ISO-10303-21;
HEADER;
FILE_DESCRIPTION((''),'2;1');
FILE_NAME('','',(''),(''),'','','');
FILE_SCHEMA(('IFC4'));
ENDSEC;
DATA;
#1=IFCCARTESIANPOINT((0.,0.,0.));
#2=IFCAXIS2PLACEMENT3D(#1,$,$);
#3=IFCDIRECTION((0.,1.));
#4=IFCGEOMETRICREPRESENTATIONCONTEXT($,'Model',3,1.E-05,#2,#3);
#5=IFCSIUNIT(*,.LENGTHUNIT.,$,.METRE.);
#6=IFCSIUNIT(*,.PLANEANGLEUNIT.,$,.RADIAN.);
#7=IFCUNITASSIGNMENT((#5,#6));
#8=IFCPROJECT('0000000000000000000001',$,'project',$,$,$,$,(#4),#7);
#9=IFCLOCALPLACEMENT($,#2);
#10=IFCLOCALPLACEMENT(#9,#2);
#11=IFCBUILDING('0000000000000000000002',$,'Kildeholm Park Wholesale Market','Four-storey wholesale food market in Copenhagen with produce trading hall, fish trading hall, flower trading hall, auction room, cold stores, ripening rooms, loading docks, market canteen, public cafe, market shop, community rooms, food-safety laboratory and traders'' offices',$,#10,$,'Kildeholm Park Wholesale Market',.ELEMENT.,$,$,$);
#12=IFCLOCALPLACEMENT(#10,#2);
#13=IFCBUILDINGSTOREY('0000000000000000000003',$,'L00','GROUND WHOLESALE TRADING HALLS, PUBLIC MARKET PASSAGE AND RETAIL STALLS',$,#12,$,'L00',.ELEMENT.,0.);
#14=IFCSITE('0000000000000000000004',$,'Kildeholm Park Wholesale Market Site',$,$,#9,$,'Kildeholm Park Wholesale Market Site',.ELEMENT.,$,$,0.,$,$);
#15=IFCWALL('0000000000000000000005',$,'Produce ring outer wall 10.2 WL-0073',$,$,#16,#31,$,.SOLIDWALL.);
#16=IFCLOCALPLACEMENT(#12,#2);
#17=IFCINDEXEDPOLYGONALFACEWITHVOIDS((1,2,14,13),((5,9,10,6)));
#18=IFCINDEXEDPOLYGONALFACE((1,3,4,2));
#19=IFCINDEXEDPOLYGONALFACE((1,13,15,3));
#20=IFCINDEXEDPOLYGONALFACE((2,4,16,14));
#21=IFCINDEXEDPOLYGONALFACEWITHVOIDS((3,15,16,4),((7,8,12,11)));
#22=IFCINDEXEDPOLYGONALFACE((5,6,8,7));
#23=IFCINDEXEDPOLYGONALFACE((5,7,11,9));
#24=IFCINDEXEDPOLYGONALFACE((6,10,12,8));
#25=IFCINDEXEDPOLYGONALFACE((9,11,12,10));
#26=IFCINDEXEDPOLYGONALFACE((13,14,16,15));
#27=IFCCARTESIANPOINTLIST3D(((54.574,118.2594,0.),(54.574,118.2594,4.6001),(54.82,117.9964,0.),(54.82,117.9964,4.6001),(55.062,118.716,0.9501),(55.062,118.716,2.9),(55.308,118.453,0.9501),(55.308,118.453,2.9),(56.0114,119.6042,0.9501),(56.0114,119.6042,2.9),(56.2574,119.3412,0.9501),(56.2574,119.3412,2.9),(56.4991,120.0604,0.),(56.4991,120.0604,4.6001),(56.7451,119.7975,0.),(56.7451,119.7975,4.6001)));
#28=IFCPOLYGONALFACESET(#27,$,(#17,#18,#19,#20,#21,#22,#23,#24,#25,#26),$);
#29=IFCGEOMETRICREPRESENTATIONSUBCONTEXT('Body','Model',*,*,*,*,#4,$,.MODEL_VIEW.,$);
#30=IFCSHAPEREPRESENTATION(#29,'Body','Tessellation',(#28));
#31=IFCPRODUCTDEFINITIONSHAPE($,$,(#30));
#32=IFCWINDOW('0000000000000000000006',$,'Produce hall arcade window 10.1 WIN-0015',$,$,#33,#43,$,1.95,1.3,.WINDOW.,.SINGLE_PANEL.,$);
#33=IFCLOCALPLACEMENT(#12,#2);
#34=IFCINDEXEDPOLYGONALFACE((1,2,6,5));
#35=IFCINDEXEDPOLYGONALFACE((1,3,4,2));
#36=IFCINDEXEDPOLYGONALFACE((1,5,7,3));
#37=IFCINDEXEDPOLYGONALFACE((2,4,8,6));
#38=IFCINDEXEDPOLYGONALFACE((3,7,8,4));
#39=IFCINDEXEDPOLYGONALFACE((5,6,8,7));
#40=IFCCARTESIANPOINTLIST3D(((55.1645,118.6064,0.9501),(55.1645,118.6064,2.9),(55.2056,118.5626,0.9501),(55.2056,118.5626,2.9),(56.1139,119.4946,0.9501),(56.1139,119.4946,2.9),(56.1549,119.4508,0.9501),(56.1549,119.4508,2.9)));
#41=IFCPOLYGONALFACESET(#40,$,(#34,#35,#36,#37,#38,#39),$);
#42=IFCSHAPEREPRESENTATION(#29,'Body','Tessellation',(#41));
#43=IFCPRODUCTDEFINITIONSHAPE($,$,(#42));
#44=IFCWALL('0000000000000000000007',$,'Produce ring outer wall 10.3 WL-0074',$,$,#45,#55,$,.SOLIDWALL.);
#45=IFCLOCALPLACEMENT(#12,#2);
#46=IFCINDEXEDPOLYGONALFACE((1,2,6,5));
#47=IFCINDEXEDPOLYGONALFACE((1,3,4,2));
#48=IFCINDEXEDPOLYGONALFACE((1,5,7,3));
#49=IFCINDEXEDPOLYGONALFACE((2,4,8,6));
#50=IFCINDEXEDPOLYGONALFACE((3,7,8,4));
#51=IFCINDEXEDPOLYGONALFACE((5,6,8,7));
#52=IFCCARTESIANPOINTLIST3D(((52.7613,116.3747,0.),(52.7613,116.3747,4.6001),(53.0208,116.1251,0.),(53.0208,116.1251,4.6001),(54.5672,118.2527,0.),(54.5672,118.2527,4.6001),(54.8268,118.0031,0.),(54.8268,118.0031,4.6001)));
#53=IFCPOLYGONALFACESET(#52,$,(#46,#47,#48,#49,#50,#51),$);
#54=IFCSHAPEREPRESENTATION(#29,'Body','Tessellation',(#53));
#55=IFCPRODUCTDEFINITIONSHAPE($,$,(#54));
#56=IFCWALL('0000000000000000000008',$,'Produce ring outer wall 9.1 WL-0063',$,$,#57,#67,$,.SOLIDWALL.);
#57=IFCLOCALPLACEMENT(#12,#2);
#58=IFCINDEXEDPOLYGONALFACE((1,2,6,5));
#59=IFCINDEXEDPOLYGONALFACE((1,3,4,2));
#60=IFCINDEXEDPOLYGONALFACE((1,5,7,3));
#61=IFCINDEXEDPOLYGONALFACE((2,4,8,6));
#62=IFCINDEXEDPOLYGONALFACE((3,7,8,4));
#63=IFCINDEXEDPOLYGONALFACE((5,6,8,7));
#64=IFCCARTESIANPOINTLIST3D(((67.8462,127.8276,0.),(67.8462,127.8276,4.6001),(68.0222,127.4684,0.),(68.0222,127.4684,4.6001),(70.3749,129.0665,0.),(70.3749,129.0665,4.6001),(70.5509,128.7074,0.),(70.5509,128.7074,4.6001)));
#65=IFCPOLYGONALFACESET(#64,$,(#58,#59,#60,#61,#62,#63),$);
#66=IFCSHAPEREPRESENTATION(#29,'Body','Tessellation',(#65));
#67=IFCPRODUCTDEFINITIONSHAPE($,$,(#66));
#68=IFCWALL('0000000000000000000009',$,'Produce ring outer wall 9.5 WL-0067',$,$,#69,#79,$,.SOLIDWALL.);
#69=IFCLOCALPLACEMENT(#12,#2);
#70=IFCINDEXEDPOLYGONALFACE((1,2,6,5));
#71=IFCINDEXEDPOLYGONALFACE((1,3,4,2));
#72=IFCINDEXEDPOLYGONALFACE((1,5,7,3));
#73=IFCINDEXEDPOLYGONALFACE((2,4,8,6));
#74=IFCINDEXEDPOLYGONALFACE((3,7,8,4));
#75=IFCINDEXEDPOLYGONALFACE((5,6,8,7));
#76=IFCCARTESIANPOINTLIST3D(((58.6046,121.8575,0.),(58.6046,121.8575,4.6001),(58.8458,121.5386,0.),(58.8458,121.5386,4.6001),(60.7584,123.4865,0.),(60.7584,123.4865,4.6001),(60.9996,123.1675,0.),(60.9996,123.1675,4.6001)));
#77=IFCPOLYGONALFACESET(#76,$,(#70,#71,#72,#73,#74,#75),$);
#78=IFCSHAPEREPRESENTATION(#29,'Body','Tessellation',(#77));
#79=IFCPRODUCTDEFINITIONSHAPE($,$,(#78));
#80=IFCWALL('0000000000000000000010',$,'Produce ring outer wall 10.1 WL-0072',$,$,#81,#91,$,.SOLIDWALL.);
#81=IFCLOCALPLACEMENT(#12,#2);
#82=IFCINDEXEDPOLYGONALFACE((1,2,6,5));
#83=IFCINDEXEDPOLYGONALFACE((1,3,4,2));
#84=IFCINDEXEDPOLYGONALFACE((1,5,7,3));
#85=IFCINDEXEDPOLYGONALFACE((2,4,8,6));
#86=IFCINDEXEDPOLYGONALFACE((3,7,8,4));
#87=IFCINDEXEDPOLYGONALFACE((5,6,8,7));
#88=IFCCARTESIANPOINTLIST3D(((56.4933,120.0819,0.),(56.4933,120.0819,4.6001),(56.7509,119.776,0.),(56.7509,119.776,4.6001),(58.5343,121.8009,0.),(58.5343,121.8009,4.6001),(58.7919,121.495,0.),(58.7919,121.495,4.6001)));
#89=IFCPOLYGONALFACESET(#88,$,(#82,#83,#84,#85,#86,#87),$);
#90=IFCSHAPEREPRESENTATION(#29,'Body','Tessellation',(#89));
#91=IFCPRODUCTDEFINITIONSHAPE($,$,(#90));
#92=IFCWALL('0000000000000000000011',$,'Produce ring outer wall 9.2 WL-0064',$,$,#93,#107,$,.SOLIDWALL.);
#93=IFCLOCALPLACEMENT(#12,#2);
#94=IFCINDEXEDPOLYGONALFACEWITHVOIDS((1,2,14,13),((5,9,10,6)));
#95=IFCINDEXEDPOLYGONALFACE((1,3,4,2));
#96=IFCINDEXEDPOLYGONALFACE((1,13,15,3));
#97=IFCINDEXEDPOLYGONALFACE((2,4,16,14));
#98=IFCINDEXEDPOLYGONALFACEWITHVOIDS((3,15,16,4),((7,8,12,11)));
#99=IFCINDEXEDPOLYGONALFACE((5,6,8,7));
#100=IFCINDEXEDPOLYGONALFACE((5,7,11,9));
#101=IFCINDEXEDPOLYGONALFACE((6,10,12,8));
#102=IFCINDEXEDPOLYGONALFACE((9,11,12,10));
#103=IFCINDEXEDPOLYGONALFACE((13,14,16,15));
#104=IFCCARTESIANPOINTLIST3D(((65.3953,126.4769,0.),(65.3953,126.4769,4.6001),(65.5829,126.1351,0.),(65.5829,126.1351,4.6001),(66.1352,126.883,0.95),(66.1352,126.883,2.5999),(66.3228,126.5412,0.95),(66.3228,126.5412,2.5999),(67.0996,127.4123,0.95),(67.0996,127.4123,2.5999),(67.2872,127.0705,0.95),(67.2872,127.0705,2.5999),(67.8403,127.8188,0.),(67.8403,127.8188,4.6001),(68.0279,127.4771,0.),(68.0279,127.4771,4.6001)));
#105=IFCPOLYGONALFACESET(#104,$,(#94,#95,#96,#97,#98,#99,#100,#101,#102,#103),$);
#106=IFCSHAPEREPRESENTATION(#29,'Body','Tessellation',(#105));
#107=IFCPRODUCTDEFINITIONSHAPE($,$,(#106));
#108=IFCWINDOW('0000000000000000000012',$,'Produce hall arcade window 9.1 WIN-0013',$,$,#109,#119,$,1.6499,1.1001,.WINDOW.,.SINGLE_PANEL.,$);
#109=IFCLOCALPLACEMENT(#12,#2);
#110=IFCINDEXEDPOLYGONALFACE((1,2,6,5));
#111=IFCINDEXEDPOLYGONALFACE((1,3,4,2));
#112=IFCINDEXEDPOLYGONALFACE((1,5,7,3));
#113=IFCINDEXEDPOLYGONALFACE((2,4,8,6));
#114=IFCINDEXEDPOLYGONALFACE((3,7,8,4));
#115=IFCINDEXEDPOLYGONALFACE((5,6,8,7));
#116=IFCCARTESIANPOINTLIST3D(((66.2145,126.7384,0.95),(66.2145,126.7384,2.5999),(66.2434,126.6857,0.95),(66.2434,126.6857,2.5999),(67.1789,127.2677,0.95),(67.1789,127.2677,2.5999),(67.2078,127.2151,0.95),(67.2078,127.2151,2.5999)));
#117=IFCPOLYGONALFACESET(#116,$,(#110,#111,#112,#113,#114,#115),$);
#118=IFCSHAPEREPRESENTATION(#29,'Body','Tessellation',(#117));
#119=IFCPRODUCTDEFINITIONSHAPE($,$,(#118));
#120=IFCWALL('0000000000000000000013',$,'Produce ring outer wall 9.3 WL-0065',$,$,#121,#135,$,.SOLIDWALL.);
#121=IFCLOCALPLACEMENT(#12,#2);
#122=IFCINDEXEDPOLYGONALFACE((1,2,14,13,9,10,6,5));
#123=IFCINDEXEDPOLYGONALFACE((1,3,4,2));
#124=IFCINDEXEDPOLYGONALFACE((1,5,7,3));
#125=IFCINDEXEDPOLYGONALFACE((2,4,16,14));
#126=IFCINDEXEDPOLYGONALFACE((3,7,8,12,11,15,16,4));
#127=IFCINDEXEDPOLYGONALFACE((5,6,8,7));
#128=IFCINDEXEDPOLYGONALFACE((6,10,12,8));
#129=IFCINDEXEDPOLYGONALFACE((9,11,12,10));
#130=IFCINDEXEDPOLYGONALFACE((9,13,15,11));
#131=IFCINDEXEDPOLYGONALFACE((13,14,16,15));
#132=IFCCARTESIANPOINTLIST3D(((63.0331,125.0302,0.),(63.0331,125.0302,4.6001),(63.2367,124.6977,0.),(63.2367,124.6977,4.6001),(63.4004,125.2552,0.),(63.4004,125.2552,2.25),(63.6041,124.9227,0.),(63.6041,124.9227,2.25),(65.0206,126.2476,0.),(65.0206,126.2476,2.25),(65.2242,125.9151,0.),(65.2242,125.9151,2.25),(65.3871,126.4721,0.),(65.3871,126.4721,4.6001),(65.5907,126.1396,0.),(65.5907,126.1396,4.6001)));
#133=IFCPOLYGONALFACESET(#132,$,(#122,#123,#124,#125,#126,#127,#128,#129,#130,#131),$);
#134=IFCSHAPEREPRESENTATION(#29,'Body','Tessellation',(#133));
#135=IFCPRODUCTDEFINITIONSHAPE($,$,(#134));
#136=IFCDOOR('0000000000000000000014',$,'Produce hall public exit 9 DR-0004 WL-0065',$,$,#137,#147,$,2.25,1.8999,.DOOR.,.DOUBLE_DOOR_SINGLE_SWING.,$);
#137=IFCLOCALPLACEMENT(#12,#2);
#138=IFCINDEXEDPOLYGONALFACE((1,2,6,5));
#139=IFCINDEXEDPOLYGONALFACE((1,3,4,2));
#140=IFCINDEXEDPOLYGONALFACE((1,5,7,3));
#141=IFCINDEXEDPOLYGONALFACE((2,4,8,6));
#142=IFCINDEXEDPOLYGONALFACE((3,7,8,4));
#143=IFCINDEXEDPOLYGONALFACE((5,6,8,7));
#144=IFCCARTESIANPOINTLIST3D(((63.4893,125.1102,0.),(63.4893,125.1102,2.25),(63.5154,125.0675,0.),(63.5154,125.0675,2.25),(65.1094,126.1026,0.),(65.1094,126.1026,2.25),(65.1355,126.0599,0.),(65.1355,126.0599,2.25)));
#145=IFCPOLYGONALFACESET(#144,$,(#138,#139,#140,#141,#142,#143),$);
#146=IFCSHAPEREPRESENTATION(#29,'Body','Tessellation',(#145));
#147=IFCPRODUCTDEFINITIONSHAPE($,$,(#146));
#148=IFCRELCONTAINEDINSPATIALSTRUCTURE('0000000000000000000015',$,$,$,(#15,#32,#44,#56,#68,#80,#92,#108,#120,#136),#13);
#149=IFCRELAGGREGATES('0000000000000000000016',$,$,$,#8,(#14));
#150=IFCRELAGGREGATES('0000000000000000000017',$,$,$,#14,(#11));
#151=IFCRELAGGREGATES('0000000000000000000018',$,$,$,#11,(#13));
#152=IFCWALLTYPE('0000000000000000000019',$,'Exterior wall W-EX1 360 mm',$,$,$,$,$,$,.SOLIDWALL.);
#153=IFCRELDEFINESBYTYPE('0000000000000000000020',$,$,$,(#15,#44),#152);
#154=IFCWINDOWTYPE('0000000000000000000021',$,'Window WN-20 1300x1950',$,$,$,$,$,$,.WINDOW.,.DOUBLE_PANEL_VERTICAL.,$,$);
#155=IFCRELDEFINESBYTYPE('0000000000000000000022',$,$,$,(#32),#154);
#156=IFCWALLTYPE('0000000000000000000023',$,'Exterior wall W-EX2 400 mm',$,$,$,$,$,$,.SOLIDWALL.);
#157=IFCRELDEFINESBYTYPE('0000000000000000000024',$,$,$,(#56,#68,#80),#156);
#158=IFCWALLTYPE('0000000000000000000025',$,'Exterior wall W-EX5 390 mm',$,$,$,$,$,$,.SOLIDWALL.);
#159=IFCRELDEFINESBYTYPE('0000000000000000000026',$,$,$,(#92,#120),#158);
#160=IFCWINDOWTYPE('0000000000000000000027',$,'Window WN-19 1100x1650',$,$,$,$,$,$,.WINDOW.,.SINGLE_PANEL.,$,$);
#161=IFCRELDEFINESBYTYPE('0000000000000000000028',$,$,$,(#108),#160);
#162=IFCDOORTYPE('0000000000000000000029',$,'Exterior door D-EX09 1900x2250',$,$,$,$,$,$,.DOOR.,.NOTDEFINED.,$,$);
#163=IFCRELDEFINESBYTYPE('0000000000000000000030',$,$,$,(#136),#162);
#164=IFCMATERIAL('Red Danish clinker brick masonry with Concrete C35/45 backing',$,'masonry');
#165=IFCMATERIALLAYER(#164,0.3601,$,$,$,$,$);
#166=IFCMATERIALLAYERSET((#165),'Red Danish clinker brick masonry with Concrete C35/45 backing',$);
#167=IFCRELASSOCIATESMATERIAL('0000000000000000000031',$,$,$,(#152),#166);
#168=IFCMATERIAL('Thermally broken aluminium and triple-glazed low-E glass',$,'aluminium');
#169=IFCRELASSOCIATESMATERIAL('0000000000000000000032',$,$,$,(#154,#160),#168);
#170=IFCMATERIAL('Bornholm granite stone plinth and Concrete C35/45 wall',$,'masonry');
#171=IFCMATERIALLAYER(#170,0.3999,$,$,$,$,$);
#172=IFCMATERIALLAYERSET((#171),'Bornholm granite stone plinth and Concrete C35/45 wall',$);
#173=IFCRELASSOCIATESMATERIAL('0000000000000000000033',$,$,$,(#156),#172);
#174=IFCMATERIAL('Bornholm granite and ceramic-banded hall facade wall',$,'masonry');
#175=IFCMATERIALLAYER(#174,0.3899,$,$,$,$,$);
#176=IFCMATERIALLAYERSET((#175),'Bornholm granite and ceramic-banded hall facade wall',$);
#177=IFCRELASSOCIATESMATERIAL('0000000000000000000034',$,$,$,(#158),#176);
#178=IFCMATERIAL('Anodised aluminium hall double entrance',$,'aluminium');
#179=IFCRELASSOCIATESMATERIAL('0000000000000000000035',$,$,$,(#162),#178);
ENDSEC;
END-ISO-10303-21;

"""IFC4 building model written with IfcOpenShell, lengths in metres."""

from ifc_helpers import new_model, si_unit, direction, frame, frame_2d, origin, place, context, subcontext, project, spatial, rectangle, extrude, material, layer, layer_set, type_object, element, fill, save


model = new_model("IFC4")

# Units and contexts
model_context = context("Model", 3, precision=1e-05, world=origin(), true_north=direction((0.0, 1.0)))
body_context = subcontext(model_context, "Body", "Model", "MODEL_VIEW")
ifc_project = project(units=[si_unit("LENGTHUNIT", "METRE"), si_unit("PLANEANGLEUNIT", "RADIAN")], contexts=[model_context])

# Site, building, storey
site_placement = place(None, origin())
site = spatial("IfcSite", under=ifc_project, at=site_placement, Name="Kildeholm Park Wholesale Market Site", LongName="Kildeholm Park Wholesale Market Site", CompositionType="ELEMENT", RefElevation=0.0)
building_placement = place(site_placement, origin())
building = spatial("IfcBuilding", under=site, at=building_placement, Name="Kildeholm Park Wholesale Market", Description="Four-storey wholesale food market in Copenhagen with produce trading hall, fish trading hall, flower trading hall, auction room, cold stores, ripening rooms, loading docks, market canteen, public cafe, market shop, community rooms, food-safety laboratory and traders' offices", LongName="Kildeholm Park Wholesale Market", CompositionType="ELEMENT")
storey_placement = place(building_placement, origin())
storey = spatial("IfcBuildingStorey", under=building, at=storey_placement, Name="L00", Description="GROUND WHOLESALE TRADING HALLS, PUBLIC MARKET PASSAGE AND RETAIL STALLS", LongName="L00", CompositionType="ELEMENT", Elevation=0.0)

# Wall, opening, window
ifc_material_1 = material(Name="Red Danish clinker brick masonry with Concrete C35/45 backing", Category="masonry")
ifc_layer_1 = layer(ifc_material_1, 0.3601)
ifc_layer_set_1 = layer_set([ifc_layer_1], Name="Red Danish clinker brick masonry with Concrete C35/45 backing")
wall_type_1 = type_object("IfcWallType", Name="Exterior wall W-EX1 360 mm", PredefinedType="SOLIDWALL", material=ifc_layer_set_1)
wall_1_placement = place(storey_placement, frame((56.6221, 119.929, 0.0), z_axis=(0.0, 0.0, 1.0), x_axis=(-0.730239, -0.683192, 0.0)))
wall_1 = element("IfcWall", 1, at=wall_1_placement, inside=storey, type_object=wall_type_1, Name="Produce ring outer wall 10.2 WL-0073", PredefinedType="SOLIDWALL", context=body_context, shape_type="SweptSolid", body=[
    extrude(rectangle(XDim=2.6362, YDim=0.3601, at=frame_2d((1.3181, 0.0))), origin(), (0.0, 0.0, 1.0), 4.6001),
])
opening_1_placement = place(wall_1_placement, frame((0.668, 0.0, 0.95)))
opening_1 = element("IfcOpeningElement", 2, at=opening_1_placement, cuts=wall_1, PredefinedType="OPENING", context=body_context, shape_type="SweptSolid", body=[
    extrude(rectangle(XDim=1.3, YDim=1.95, at=frame_2d((0.6499, 0.9751))), frame((0.0, 0.1899, 0.0), z_axis=(0.0, -1.0, 0.0), x_axis=(1.0, 0.0, 0.0)), (0.0, 0.0, 1.0), 0.3801),
])
ifc_material_2 = material(Name="Thermally broken aluminium and triple-glazed low-E glass", Category="aluminium")
window_type_1 = type_object("IfcWindowType", Name="Window WN-20 1300x1950", PartitioningType="DOUBLE_PANEL_VERTICAL", PredefinedType="WINDOW", material=ifc_material_2)
window_1_placement = place(opening_1_placement, origin())
window_1 = element("IfcWindow", 3, at=window_1_placement, inside=storey, type_object=window_type_1, Name="Produce hall arcade window 10.1 WIN-0015", OverallHeight=1.95, OverallWidth=1.3, PartitioningType="SINGLE_PANEL", PredefinedType="WINDOW", context=body_context, shape_type="SweptSolid", body=[
    extrude(rectangle(XDim=1.3, YDim=1.95, at=frame_2d((0.6499, 0.9751))), frame((0.0, 0.03, 0.0), z_axis=(0.0, -1.0, 0.0), x_axis=(1.0, 0.0, 0.0)), (0.0, 0.0, 1.0), 0.0601),
])
fill(opening_1, window_1)

# Walls
wall_2_placement = place(storey_placement, frame((54.697, 118.1279, 0.0), z_axis=(0.0, 0.0, 1.0), x_axis=(-0.69315, -0.720793, 0.0)))
element("IfcWall", 4, at=wall_2_placement, inside=storey, type_object=wall_type_1, Name="Produce ring outer wall 10.3 WL-0074", PredefinedType="SOLIDWALL", context=body_context, shape_type="SweptSolid", body=[
    extrude(rectangle(XDim=2.6055, YDim=0.3601, at=frame_2d((1.3027, 0.0))), origin(), (0.0, 0.0, 1.0), 4.6001),
])
ifc_material_3 = material(Name="Bornholm granite stone plinth and Concrete C35/45 wall", Category="masonry")
ifc_layer_2 = layer(ifc_material_3, 0.3999)
ifc_layer_set_2 = layer_set([ifc_layer_2], Name="Bornholm granite stone plinth and Concrete C35/45 wall")
wall_type_2 = type_object("IfcWallType", Name="Exterior wall W-EX2 400 mm", PredefinedType="SOLIDWALL", material=ifc_layer_set_2)
wall_3_placement = place(storey_placement, frame((70.4629, 128.887, 0.0), z_axis=(0.0, 0.0, 1.0), x_axis=(-0.898005, -0.439986, 0.0)))
element("IfcWall", 5, at=wall_3_placement, inside=storey, type_object=wall_type_2, Name="Produce ring outer wall 9.1 WL-0063", PredefinedType="SOLIDWALL", context=body_context, shape_type="SweptSolid", body=[
    extrude(rectangle(XDim=2.8159, YDim=0.3999, at=frame_2d((1.408, 0.0))), origin(), (0.0, 0.0, 1.0), 4.6001),
])
wall_4_placement = place(storey_placement, frame((60.8789, 123.3269, 0.0), z_axis=(0.0, 0.0, 1.0), x_axis=(-0.797585, -0.603206, 0.0)))
element("IfcWall", 6, at=wall_4_placement, inside=storey, type_object=wall_type_2, Name="Produce ring outer wall 9.5 WL-0067", PredefinedType="SOLIDWALL", context=body_context, shape_type="SweptSolid", body=[
    extrude(rectangle(XDim=2.7004, YDim=0.3999, at=frame_2d((1.3501, 0.0))), origin(), (0.0, 0.0, 1.0), 4.6001),
])
wall_5_placement = place(storey_placement, frame((58.6631, 121.6479, 0.0), z_axis=(0.0, 0.0, 1.0), x_axis=(-0.764866, -0.644189, 0.0)))
element("IfcWall", 7, at=wall_5_placement, inside=storey, type_object=wall_type_2, Name="Produce ring outer wall 10.1 WL-0072", PredefinedType="SOLIDWALL", context=body_context, shape_type="SweptSolid", body=[
    extrude(rectangle(XDim=2.6685, YDim=0.3999, at=frame_2d((1.3342, 0.0))), origin(), (0.0, 0.0, 1.0), 4.6001),
])

# Wall, opening, window
ifc_material_4 = material(Name="Bornholm granite and ceramic-banded hall facade wall", Category="masonry")
ifc_layer_3 = layer(ifc_material_4, 0.3899)
ifc_layer_set_3 = layer_set([ifc_layer_3], Name="Bornholm granite and ceramic-banded hall facade wall")
wall_type_3 = type_object("IfcWallType", Name="Exterior wall W-EX5 390 mm", PredefinedType="SOLIDWALL", material=ifc_layer_set_3)
wall_6_placement = place(storey_placement, frame((67.9341, 127.6479, 0.0), z_axis=(0.0, 0.0, 1.0), x_axis=(-0.876631, -0.481163, 0.0)))
wall_6 = element("IfcWall", 8, at=wall_6_placement, inside=storey, type_object=wall_type_3, Name="Produce ring outer wall 9.2 WL-0064", PredefinedType="SOLIDWALL", context=body_context, shape_type="SweptSolid", body=[
    extrude(rectangle(XDim=2.7891, YDim=0.3899, at=frame_2d((1.3945, 0.0))), origin(), (0.0, 0.0, 1.0), 4.6001),
])
opening_2_placement = place(wall_6_placement, frame((0.845, 0.0, 0.95)))
opening_2 = element("IfcOpeningElement", 9, at=opening_2_placement, cuts=wall_6, PredefinedType="OPENING", context=body_context, shape_type="SweptSolid", body=[
    extrude(rectangle(XDim=1.1001, YDim=1.6499, at=frame_2d((0.55, 0.825))), frame((0.0, 0.2048, 0.0), z_axis=(0.0, -1.0, 0.0), x_axis=(1.0, 0.0, 0.0)), (0.0, 0.0, 1.0), 0.4099),
])
window_type_2 = type_object("IfcWindowType", Name="Window WN-19 1100x1650", PartitioningType="SINGLE_PANEL", PredefinedType="WINDOW", material=ifc_material_2)
window_2_placement = place(opening_2_placement, origin())
window_2 = element("IfcWindow", 10, at=window_2_placement, inside=storey, type_object=window_type_2, Name="Produce hall arcade window 9.1 WIN-0013", OverallHeight=1.6499, OverallWidth=1.1001, PartitioningType="SINGLE_PANEL", PredefinedType="WINDOW", context=body_context, shape_type="SweptSolid", body=[
    extrude(rectangle(XDim=1.1001, YDim=1.6499, at=frame_2d((0.55, 0.825))), frame((0.0, 0.03, 0.0), z_axis=(0.0, -1.0, 0.0), x_axis=(1.0, 0.0, 0.0)), (0.0, 0.0, 1.0), 0.0601),
])
fill(opening_2, window_2)

# Wall, opening, door
wall_7_placement = place(storey_placement, frame((65.489, 126.3059, 0.0), z_axis=(0.0, 0.0, 1.0), x_axis=(-0.852744, -0.52233, 0.0)))
wall_7 = element("IfcWall", 11, at=wall_7_placement, inside=storey, type_object=wall_type_3, Name="Produce ring outer wall 9.3 WL-0065", PredefinedType="SOLIDWALL", context=body_context, shape_type="SweptSolid", body=[
    extrude(rectangle(XDim=2.7605, YDim=0.3899, at=frame_2d((1.3804, 0.0))), origin(), (0.0, 0.0, 1.0), 4.6001),
])
opening_3_placement = place(wall_7_placement, frame((0.4299, 0.0, 0.0)))
opening_3 = element("IfcOpeningElement", 12, at=opening_3_placement, cuts=wall_7, PredefinedType="OPENING", context=body_context, shape_type="SweptSolid", body=[
    extrude(rectangle(XDim=1.8999, YDim=2.25, at=frame_2d((0.95, 1.125))), frame((0.0, 0.2048, 0.0), z_axis=(0.0, -1.0, 0.0), x_axis=(1.0, 0.0, 0.0)), (0.0, 0.0, 1.0), 0.4099),
])
ifc_material_5 = material(Name="Anodised aluminium hall double entrance", Category="aluminium")
door_type = type_object("IfcDoorType", Name="Exterior door D-EX09 1900x2250", OperationType="NOTDEFINED", PredefinedType="DOOR", material=ifc_material_5)
door_placement = place(opening_3_placement, frame((1.8999, 0.0, 0.0), z_axis=(0.0, 0.0, 1.0), x_axis=(-1.0, 0.0, 0.0)))
door = element("IfcDoor", 13, at=door_placement, inside=storey, type_object=door_type, Name="Produce hall public exit 9 DR-0004 WL-0065", OperationType="DOUBLE_DOOR_SINGLE_SWING", OverallHeight=2.25, OverallWidth=1.8999, PredefinedType="DOOR", context=body_context, shape_type="SweptSolid", body=[
    extrude(rectangle(XDim=1.8999, YDim=2.25, at=frame_2d((0.95, 1.125))), frame((0.0, 0.0249, 0.0), z_axis=(0.0, -1.0, 0.0), x_axis=(1.0, 0.0, 0.0)), (0.0, 0.0, 1.0), 0.05),
])
fill(opening_3, door)

save(model, "model.ifc")
